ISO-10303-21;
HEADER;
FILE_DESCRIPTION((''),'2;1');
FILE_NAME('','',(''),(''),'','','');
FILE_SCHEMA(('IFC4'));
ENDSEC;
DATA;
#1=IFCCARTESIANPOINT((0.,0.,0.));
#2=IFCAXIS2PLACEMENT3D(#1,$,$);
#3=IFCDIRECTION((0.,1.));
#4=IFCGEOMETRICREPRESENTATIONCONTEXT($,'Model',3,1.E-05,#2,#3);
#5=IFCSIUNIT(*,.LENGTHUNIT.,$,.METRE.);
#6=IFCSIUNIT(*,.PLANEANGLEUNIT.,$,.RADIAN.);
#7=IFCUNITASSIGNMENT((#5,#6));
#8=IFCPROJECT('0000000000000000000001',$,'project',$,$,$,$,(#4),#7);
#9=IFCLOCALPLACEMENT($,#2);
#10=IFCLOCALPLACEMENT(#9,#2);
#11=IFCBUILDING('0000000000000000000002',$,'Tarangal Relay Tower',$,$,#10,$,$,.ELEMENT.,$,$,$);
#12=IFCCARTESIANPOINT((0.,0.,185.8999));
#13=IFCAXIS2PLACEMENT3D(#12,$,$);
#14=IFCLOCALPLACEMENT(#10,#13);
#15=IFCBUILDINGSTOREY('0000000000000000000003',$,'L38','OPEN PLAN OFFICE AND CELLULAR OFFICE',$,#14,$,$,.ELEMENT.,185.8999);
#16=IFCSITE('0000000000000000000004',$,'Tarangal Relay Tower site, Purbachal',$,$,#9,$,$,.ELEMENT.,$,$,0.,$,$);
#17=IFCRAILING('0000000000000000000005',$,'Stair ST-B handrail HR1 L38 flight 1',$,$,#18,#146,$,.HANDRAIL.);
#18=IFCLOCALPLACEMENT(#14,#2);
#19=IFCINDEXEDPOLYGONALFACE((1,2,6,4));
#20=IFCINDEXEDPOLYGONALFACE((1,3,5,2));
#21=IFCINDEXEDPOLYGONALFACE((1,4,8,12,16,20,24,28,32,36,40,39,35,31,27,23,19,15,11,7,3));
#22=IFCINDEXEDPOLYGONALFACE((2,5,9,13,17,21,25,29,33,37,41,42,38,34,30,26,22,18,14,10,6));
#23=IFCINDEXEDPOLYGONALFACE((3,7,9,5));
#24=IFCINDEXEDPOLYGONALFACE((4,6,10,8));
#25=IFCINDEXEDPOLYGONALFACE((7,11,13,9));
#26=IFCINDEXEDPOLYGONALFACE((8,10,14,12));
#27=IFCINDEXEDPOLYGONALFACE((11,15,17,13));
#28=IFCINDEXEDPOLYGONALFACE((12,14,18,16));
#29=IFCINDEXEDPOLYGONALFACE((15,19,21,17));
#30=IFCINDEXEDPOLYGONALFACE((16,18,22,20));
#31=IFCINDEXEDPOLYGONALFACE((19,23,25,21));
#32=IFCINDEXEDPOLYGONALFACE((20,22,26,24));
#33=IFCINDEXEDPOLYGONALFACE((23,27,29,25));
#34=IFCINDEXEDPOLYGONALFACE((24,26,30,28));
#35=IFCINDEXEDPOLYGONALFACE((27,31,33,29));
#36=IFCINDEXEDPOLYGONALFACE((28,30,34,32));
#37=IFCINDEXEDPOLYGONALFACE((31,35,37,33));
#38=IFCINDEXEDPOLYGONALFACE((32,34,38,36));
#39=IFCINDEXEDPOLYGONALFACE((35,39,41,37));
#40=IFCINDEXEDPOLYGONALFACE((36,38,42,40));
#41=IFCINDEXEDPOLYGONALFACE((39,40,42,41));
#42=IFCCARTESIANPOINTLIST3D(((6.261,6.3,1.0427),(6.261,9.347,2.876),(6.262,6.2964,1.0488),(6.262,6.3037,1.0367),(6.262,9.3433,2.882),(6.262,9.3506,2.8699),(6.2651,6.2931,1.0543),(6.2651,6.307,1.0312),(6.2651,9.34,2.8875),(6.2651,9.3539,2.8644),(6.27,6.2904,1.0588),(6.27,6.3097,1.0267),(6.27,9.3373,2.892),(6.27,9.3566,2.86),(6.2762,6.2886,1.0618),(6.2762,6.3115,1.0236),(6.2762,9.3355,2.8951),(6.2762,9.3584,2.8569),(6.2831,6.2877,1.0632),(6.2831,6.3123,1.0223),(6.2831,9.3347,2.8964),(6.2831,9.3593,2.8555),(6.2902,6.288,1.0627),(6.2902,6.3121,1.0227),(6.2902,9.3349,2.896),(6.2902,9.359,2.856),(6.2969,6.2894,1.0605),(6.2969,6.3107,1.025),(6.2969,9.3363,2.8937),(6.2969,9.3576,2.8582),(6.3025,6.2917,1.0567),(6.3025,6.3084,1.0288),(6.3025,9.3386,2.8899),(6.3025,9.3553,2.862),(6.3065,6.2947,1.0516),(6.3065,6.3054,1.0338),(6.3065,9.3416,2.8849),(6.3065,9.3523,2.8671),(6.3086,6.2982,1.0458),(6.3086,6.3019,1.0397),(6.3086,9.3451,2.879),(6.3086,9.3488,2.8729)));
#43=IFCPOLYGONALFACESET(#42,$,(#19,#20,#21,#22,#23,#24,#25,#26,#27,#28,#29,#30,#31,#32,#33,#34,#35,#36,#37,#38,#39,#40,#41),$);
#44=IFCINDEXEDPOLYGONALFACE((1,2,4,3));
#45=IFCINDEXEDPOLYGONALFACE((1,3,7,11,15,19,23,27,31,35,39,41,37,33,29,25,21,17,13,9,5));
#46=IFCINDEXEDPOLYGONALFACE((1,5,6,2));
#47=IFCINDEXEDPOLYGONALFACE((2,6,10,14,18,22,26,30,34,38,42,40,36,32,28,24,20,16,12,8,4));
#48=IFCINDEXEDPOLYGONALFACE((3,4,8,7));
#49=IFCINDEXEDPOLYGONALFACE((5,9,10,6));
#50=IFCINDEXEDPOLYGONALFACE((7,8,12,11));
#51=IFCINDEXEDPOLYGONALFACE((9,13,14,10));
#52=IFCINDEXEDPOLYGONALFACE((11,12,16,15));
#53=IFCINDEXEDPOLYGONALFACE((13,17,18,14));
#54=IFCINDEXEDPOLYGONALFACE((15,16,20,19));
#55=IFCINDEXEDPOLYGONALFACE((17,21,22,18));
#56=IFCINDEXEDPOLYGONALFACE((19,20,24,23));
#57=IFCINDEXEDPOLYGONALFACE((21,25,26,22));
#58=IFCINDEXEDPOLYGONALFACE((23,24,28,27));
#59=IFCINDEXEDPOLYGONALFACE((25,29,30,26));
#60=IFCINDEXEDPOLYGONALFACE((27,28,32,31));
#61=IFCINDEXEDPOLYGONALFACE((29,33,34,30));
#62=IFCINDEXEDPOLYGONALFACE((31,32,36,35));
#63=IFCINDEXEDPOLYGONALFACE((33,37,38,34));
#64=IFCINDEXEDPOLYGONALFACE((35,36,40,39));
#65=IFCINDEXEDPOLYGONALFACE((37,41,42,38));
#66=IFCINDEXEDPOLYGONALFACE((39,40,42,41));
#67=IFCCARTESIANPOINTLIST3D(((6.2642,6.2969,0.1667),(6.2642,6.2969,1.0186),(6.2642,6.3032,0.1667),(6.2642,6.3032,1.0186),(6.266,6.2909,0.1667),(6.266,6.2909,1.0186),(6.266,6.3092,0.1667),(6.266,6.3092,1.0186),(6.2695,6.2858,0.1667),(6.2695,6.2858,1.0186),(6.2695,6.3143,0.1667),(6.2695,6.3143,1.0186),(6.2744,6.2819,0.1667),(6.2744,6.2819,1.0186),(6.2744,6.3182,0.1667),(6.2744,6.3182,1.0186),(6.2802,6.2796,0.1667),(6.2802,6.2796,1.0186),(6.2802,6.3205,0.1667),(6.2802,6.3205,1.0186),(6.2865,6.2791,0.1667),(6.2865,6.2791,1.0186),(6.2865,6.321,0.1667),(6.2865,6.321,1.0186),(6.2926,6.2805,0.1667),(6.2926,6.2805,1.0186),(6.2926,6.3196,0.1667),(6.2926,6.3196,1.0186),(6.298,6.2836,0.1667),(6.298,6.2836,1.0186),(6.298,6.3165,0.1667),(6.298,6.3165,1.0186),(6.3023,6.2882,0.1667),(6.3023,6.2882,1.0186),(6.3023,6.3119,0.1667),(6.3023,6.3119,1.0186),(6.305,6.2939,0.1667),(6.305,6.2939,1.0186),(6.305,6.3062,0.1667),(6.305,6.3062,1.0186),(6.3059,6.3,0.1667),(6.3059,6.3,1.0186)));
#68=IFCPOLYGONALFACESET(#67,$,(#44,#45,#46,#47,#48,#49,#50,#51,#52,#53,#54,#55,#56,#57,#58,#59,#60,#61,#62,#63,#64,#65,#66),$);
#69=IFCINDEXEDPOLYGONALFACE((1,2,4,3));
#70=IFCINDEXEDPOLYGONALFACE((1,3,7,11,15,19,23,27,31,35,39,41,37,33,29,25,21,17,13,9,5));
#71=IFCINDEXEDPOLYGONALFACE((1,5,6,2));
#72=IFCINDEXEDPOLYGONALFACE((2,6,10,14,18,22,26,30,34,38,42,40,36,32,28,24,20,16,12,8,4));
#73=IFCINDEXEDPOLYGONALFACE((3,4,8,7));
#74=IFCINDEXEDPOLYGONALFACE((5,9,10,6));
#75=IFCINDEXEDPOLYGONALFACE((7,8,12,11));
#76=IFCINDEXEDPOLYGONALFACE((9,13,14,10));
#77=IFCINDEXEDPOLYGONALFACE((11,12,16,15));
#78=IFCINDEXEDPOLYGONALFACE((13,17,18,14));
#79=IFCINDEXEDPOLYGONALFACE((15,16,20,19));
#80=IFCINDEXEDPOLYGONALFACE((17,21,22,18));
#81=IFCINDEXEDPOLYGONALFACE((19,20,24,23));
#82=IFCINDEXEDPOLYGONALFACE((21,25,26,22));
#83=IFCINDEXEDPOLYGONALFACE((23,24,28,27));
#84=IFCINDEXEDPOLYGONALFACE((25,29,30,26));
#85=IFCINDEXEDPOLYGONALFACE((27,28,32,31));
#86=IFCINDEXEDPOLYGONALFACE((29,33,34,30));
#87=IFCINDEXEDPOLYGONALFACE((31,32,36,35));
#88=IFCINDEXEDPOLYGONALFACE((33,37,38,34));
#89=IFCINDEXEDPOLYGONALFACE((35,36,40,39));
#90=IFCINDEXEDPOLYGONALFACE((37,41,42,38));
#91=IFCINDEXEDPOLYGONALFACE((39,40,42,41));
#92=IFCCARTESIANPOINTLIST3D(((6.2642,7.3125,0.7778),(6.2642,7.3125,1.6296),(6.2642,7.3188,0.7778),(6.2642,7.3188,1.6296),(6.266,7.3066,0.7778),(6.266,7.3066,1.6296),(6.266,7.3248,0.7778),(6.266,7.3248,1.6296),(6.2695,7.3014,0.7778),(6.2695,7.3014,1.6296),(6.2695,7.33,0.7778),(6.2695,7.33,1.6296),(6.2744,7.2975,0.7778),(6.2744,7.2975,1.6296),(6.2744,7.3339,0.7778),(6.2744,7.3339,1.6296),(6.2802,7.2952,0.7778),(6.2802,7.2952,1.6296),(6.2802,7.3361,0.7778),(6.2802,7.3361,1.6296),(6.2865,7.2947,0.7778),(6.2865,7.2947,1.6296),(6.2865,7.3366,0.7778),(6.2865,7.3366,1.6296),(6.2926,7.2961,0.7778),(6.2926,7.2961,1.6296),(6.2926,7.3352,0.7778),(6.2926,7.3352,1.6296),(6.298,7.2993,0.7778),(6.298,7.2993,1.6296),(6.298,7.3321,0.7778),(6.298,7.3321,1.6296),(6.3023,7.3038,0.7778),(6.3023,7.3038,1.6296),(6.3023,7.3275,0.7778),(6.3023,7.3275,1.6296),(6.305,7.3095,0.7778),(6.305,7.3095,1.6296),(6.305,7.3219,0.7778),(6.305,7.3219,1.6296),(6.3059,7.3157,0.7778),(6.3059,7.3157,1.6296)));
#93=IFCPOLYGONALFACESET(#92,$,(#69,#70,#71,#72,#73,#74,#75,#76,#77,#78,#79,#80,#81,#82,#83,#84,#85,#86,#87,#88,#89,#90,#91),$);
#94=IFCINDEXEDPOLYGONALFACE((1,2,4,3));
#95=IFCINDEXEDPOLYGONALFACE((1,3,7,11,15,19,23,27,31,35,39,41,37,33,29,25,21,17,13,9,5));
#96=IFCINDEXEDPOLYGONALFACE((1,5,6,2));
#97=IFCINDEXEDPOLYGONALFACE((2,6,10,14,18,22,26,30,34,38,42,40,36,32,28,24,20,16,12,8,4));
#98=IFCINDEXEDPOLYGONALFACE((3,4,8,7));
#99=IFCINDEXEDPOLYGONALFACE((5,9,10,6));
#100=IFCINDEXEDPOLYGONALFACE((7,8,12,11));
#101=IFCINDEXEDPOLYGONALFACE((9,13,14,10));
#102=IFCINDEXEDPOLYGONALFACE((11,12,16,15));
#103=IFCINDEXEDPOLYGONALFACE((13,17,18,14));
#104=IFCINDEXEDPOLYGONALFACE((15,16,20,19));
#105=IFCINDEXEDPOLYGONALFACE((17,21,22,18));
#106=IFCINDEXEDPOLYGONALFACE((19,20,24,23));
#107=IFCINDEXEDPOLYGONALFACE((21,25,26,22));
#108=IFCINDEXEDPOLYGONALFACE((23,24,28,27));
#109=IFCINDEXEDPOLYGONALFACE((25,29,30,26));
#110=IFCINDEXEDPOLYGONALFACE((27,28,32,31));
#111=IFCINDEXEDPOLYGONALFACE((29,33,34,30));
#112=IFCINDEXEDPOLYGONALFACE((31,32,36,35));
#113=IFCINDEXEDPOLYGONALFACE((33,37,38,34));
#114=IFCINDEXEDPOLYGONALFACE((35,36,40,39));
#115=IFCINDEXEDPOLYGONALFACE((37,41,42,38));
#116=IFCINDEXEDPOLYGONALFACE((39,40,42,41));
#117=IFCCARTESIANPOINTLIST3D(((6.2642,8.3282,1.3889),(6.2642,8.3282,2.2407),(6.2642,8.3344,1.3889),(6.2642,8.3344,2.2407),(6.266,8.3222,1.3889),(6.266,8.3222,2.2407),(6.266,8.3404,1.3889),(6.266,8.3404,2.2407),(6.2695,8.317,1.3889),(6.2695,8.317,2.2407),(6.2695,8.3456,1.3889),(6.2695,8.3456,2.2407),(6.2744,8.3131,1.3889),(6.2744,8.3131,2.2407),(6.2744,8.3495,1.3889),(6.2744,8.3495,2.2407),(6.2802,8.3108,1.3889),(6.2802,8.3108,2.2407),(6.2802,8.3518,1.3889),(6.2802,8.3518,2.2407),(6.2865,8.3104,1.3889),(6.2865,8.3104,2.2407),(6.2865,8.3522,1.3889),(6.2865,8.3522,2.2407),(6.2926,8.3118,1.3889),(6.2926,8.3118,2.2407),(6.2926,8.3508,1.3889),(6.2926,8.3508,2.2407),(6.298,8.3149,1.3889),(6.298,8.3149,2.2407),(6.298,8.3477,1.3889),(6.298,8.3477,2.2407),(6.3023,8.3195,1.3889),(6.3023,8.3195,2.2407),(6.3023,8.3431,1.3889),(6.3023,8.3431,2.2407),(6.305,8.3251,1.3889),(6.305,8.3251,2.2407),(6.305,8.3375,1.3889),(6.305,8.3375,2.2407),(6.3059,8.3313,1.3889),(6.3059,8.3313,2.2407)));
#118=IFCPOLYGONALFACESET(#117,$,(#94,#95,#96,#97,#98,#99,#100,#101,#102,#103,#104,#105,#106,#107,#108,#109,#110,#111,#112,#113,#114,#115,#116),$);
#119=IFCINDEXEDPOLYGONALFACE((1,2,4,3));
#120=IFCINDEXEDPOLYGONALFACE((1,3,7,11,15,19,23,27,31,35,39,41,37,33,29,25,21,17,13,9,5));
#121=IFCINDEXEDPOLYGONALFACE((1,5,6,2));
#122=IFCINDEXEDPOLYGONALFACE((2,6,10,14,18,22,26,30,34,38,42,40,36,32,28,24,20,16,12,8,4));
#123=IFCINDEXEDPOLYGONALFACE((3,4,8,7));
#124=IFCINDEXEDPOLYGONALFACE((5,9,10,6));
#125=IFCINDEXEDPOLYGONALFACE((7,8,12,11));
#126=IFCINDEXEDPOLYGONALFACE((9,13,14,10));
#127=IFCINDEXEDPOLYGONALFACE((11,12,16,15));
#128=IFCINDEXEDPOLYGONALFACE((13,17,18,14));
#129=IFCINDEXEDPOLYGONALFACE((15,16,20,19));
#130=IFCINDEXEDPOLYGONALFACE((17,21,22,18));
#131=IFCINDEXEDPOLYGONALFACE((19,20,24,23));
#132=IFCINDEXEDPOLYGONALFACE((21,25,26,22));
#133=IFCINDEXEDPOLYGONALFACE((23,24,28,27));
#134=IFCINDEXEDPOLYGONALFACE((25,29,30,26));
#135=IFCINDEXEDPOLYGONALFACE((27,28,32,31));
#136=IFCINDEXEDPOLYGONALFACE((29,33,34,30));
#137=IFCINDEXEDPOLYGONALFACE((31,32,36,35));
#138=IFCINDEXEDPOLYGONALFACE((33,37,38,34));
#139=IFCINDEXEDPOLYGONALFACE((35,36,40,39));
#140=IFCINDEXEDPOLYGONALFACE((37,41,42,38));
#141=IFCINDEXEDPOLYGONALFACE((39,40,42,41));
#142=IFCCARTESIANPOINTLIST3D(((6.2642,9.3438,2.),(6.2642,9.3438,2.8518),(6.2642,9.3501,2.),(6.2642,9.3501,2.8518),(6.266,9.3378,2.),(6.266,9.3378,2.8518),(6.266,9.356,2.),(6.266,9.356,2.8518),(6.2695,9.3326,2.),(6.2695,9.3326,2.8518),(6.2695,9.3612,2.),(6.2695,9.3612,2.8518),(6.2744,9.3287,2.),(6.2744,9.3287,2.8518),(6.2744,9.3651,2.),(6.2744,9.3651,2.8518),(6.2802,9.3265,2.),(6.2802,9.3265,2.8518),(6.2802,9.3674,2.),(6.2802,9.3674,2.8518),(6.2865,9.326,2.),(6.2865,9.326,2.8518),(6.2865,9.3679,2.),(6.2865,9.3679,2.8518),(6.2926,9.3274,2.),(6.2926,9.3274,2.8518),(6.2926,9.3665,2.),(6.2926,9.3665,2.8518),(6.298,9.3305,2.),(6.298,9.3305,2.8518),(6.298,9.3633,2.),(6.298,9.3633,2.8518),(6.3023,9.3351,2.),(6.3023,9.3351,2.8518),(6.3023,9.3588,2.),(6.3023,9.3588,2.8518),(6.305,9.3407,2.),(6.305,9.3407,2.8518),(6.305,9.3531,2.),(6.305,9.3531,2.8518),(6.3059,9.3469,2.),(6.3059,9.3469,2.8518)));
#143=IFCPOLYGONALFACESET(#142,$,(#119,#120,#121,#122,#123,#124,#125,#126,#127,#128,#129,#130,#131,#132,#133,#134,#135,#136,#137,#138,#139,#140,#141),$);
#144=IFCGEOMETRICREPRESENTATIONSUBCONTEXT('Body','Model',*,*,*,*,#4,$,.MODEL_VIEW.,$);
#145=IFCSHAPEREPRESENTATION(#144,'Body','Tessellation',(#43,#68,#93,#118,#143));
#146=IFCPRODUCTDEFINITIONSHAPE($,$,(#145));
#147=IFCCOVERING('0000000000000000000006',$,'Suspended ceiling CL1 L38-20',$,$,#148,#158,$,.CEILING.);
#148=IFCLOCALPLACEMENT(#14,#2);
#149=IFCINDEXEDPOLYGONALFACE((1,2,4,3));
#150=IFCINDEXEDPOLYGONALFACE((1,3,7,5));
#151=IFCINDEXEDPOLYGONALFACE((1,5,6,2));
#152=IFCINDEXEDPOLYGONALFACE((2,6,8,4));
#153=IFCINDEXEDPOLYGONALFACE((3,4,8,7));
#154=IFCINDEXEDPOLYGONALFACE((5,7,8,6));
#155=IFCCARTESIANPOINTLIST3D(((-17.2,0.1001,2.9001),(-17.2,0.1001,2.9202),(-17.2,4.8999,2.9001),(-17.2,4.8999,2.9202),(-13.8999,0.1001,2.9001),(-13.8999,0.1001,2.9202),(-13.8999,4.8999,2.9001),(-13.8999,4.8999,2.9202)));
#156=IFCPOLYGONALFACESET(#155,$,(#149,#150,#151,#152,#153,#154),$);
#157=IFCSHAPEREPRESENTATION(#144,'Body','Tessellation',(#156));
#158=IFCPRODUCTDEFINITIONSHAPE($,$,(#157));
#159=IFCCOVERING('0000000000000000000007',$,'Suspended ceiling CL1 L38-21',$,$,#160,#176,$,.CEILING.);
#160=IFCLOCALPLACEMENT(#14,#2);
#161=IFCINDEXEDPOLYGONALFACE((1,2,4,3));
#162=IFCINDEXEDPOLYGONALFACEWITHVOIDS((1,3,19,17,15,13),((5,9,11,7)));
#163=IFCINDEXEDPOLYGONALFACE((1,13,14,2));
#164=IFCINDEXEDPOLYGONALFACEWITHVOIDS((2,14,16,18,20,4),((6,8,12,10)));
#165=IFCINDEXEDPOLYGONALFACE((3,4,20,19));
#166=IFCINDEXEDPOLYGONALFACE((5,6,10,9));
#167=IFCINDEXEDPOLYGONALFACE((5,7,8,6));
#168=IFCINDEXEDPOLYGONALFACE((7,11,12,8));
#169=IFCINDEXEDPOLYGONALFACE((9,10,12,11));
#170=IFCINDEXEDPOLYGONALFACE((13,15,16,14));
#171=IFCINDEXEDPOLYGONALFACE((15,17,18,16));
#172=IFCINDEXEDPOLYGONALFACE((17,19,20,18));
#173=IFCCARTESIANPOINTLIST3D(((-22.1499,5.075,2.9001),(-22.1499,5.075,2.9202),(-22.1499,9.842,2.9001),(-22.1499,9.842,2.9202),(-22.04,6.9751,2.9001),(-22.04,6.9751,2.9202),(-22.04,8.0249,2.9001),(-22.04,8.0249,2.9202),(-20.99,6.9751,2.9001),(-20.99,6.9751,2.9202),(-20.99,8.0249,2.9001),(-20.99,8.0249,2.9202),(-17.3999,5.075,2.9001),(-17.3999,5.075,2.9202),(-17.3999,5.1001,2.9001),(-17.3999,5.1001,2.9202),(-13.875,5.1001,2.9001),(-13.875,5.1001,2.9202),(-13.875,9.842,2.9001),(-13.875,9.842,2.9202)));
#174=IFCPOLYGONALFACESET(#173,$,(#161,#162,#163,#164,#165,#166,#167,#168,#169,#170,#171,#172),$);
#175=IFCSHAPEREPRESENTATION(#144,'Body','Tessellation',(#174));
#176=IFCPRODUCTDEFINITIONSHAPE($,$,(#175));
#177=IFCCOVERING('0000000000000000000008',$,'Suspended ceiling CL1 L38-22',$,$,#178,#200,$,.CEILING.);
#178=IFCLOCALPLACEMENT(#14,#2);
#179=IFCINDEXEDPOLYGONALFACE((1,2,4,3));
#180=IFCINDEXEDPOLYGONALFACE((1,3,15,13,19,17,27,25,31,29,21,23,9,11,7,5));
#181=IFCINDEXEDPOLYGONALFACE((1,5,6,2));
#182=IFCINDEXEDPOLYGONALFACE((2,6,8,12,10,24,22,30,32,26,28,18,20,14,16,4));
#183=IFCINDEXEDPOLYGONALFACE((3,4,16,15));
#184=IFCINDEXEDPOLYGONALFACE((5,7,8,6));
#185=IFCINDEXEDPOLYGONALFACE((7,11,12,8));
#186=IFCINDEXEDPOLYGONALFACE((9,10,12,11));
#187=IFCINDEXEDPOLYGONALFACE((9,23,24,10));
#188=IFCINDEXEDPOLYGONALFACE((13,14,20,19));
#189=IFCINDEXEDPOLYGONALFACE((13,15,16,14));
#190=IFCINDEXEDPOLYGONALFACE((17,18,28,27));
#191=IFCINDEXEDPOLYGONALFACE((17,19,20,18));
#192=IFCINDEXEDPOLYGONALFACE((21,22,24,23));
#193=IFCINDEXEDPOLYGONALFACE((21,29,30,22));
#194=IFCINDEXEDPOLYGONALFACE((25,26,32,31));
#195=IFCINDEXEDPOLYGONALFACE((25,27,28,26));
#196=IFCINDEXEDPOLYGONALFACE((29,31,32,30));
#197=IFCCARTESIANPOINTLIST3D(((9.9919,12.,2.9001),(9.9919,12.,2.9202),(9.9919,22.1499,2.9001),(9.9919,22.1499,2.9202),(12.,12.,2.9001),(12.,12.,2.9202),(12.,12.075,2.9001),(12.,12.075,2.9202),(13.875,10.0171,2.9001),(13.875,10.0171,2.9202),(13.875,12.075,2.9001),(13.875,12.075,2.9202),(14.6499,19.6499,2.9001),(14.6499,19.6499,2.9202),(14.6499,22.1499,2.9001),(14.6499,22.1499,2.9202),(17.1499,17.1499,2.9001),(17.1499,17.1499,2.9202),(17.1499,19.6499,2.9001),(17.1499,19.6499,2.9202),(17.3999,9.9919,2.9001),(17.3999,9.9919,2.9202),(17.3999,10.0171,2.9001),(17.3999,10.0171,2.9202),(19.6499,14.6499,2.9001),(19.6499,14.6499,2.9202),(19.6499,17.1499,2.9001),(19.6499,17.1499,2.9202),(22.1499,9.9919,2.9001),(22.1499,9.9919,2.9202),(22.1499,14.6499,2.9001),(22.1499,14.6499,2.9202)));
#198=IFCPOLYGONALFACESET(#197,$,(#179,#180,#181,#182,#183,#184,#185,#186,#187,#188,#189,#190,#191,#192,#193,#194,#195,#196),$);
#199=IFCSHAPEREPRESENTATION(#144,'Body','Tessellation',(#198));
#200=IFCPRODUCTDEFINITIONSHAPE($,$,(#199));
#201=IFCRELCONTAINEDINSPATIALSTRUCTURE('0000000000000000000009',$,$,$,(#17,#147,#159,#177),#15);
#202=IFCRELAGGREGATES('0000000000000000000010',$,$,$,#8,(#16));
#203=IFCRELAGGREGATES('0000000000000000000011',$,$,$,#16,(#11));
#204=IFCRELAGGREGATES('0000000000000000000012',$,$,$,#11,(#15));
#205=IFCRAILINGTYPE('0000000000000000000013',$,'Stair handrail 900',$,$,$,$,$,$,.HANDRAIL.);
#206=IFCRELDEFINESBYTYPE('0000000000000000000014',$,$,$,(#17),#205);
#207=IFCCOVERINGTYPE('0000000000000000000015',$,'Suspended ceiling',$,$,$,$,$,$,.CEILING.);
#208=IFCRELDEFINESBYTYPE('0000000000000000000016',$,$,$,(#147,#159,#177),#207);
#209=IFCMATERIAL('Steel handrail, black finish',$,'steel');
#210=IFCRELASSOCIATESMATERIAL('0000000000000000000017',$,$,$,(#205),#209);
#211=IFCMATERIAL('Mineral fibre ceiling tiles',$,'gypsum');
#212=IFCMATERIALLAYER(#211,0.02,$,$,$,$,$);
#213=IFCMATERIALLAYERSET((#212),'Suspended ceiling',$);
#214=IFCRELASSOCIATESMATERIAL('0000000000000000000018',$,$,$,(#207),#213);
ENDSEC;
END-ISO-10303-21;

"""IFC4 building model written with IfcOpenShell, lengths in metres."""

from ifc_helpers import new_model, si_unit, direction, frame, origin, origin_2d, place, context, subcontext, project, spatial, polyline, circle, outline, extrude, material, layer, layer_set, type_object, element, save


model = new_model("IFC4")

# Units and contexts
model_context = context("Model", 3, precision=1e-05, world=origin(), true_north=direction((0.0, 1.0)))
body_context = subcontext(model_context, "Body", "Model", "MODEL_VIEW")
ifc_project = project(units=[si_unit("LENGTHUNIT", "METRE"), si_unit("PLANEANGLEUNIT", "RADIAN")], contexts=[model_context])

# Site, building, storey
site_placement = place(None, origin())
site = spatial("IfcSite", under=ifc_project, at=site_placement, Name="Tarangal Relay Tower site, Purbachal", CompositionType="ELEMENT", RefElevation=0.0)
building_placement = place(site_placement, origin())
building = spatial("IfcBuilding", under=site, at=building_placement, Name="Tarangal Relay Tower", CompositionType="ELEMENT")
storey_placement = place(building_placement, frame((0.0, 0.0, 185.8999)))
storey = spatial("IfcBuildingStorey", under=building, at=storey_placement, Name="L38", Description="OPEN PLAN OFFICE AND CELLULAR OFFICE", CompositionType="ELEMENT", Elevation=185.8999)

# Railing
ifc_material_1 = material(Name="Steel handrail, black finish", Category="steel")
railing_type_1 = type_object("IfcRailingType", Name="Stair handrail 900", PredefinedType="HANDRAIL", material=ifc_material_1)
railing_1_placement = place(storey_placement, frame((6.2849, 6.3, 0.1667)))
element("IfcRailing", 1, at=railing_1_placement, inside=storey, type_object=railing_type_1, Name="Stair ST-B handrail HR1 L38 flight 1", PredefinedType="HANDRAIL", context=body_context, shape_type="SweptSolid", body=[
    extrude(circle(Radius=0.0239, at=origin_2d()), frame((0.0, 0.0, 0.876), z_axis=(0.0, 0.856856, 0.515556), x_axis=(-1.0, 0.0, 0.0)), (0.0, 0.0, 1.0), 3.5559),
    extrude(circle(Radius=0.021, at=origin_2d()), origin(), (0.0, 0.0, 1.0), 0.8518),
    extrude(circle(Radius=0.021, at=origin_2d()), frame((0.0, 1.0156, 0.6111)), (0.0, 0.0, 1.0), 0.8518),
    extrude(circle(Radius=0.021, at=origin_2d()), frame((0.0, 2.0312, 1.2222)), (0.0, 0.0, 1.0), 0.8518),
    extrude(circle(Radius=0.021, at=origin_2d()), frame((0.0, 3.0469, 1.8333)), (0.0, 0.0, 1.0), 0.8518),
])

# Coverings
ifc_material_2 = material(Name="Mineral fibre ceiling tiles", Category="gypsum")
ifc_layer_1 = layer(ifc_material_2, 0.02)
ifc_layer_set_1 = layer_set([ifc_layer_1], Name="Suspended ceiling")
covering_type = type_object("IfcCoveringType", Name="Suspended ceiling", PredefinedType="CEILING", material=ifc_layer_set_1)
covering_1_placement = place(storey_placement, frame((0.0, 0.0, 2.9001)))
element("IfcCovering", 2, at=covering_1_placement, inside=storey, type_object=covering_type, Name="Suspended ceiling CL1 L38-20", PredefinedType="CEILING", context=body_context, shape_type="SweptSolid", body=[
    extrude(outline(polyline([(-13.8999, 4.8999), (-17.2, 4.8999), (-17.2, 0.1001), (-13.8999, 0.1001), (-13.8999, 4.8999)])), origin(), (0.0, 0.0, 1.0), 0.02),
])
covering_2_placement = place(storey_placement, frame((0.0, 0.0, 2.9001)))
element("IfcCovering", 3, at=covering_2_placement, inside=storey, type_object=covering_type, Name="Suspended ceiling CL1 L38-21", PredefinedType="CEILING", context=body_context, shape_type="SweptSolid", body=[
    extrude(outline(polyline([(-22.1499, 9.842), (-22.1499, 5.075), (-17.3999, 5.075), (-17.3999, 5.1001), (-13.875, 5.1001), (-13.875, 9.842), (-22.1499, 9.842)]), holes=[polyline([(-20.99, 8.0249), (-22.04, 8.0249), (-22.04, 6.9751), (-20.99, 6.9751), (-20.99, 8.0249)])]), origin(), (0.0, 0.0, 1.0), 0.02),
])
covering_3_placement = place(storey_placement, frame((0.0, 0.0, 2.9001)))
element("IfcCovering", 4, at=covering_3_placement, inside=storey, type_object=covering_type, Name="Suspended ceiling CL1 L38-22", PredefinedType="CEILING", context=body_context, shape_type="SweptSolid", body=[
    extrude(outline(polyline([(9.9919, 22.1499), (9.9919, 12.0), (12.0, 12.0), (12.0, 12.075), (13.875, 12.075), (13.875, 10.0171), (17.3999, 10.0171), (17.3999, 9.9919), (22.1499, 9.9919), (22.1499, 14.6499), (19.6499, 14.6499), (19.6499, 17.1499), (17.1499, 17.1499), (17.1499, 19.6499), (14.6499, 19.6499), (14.6499, 22.1499), (9.9919, 22.1499)])), origin(), (0.0, 0.0, 1.0), 0.02),
])

save(model, "model.ifc")
